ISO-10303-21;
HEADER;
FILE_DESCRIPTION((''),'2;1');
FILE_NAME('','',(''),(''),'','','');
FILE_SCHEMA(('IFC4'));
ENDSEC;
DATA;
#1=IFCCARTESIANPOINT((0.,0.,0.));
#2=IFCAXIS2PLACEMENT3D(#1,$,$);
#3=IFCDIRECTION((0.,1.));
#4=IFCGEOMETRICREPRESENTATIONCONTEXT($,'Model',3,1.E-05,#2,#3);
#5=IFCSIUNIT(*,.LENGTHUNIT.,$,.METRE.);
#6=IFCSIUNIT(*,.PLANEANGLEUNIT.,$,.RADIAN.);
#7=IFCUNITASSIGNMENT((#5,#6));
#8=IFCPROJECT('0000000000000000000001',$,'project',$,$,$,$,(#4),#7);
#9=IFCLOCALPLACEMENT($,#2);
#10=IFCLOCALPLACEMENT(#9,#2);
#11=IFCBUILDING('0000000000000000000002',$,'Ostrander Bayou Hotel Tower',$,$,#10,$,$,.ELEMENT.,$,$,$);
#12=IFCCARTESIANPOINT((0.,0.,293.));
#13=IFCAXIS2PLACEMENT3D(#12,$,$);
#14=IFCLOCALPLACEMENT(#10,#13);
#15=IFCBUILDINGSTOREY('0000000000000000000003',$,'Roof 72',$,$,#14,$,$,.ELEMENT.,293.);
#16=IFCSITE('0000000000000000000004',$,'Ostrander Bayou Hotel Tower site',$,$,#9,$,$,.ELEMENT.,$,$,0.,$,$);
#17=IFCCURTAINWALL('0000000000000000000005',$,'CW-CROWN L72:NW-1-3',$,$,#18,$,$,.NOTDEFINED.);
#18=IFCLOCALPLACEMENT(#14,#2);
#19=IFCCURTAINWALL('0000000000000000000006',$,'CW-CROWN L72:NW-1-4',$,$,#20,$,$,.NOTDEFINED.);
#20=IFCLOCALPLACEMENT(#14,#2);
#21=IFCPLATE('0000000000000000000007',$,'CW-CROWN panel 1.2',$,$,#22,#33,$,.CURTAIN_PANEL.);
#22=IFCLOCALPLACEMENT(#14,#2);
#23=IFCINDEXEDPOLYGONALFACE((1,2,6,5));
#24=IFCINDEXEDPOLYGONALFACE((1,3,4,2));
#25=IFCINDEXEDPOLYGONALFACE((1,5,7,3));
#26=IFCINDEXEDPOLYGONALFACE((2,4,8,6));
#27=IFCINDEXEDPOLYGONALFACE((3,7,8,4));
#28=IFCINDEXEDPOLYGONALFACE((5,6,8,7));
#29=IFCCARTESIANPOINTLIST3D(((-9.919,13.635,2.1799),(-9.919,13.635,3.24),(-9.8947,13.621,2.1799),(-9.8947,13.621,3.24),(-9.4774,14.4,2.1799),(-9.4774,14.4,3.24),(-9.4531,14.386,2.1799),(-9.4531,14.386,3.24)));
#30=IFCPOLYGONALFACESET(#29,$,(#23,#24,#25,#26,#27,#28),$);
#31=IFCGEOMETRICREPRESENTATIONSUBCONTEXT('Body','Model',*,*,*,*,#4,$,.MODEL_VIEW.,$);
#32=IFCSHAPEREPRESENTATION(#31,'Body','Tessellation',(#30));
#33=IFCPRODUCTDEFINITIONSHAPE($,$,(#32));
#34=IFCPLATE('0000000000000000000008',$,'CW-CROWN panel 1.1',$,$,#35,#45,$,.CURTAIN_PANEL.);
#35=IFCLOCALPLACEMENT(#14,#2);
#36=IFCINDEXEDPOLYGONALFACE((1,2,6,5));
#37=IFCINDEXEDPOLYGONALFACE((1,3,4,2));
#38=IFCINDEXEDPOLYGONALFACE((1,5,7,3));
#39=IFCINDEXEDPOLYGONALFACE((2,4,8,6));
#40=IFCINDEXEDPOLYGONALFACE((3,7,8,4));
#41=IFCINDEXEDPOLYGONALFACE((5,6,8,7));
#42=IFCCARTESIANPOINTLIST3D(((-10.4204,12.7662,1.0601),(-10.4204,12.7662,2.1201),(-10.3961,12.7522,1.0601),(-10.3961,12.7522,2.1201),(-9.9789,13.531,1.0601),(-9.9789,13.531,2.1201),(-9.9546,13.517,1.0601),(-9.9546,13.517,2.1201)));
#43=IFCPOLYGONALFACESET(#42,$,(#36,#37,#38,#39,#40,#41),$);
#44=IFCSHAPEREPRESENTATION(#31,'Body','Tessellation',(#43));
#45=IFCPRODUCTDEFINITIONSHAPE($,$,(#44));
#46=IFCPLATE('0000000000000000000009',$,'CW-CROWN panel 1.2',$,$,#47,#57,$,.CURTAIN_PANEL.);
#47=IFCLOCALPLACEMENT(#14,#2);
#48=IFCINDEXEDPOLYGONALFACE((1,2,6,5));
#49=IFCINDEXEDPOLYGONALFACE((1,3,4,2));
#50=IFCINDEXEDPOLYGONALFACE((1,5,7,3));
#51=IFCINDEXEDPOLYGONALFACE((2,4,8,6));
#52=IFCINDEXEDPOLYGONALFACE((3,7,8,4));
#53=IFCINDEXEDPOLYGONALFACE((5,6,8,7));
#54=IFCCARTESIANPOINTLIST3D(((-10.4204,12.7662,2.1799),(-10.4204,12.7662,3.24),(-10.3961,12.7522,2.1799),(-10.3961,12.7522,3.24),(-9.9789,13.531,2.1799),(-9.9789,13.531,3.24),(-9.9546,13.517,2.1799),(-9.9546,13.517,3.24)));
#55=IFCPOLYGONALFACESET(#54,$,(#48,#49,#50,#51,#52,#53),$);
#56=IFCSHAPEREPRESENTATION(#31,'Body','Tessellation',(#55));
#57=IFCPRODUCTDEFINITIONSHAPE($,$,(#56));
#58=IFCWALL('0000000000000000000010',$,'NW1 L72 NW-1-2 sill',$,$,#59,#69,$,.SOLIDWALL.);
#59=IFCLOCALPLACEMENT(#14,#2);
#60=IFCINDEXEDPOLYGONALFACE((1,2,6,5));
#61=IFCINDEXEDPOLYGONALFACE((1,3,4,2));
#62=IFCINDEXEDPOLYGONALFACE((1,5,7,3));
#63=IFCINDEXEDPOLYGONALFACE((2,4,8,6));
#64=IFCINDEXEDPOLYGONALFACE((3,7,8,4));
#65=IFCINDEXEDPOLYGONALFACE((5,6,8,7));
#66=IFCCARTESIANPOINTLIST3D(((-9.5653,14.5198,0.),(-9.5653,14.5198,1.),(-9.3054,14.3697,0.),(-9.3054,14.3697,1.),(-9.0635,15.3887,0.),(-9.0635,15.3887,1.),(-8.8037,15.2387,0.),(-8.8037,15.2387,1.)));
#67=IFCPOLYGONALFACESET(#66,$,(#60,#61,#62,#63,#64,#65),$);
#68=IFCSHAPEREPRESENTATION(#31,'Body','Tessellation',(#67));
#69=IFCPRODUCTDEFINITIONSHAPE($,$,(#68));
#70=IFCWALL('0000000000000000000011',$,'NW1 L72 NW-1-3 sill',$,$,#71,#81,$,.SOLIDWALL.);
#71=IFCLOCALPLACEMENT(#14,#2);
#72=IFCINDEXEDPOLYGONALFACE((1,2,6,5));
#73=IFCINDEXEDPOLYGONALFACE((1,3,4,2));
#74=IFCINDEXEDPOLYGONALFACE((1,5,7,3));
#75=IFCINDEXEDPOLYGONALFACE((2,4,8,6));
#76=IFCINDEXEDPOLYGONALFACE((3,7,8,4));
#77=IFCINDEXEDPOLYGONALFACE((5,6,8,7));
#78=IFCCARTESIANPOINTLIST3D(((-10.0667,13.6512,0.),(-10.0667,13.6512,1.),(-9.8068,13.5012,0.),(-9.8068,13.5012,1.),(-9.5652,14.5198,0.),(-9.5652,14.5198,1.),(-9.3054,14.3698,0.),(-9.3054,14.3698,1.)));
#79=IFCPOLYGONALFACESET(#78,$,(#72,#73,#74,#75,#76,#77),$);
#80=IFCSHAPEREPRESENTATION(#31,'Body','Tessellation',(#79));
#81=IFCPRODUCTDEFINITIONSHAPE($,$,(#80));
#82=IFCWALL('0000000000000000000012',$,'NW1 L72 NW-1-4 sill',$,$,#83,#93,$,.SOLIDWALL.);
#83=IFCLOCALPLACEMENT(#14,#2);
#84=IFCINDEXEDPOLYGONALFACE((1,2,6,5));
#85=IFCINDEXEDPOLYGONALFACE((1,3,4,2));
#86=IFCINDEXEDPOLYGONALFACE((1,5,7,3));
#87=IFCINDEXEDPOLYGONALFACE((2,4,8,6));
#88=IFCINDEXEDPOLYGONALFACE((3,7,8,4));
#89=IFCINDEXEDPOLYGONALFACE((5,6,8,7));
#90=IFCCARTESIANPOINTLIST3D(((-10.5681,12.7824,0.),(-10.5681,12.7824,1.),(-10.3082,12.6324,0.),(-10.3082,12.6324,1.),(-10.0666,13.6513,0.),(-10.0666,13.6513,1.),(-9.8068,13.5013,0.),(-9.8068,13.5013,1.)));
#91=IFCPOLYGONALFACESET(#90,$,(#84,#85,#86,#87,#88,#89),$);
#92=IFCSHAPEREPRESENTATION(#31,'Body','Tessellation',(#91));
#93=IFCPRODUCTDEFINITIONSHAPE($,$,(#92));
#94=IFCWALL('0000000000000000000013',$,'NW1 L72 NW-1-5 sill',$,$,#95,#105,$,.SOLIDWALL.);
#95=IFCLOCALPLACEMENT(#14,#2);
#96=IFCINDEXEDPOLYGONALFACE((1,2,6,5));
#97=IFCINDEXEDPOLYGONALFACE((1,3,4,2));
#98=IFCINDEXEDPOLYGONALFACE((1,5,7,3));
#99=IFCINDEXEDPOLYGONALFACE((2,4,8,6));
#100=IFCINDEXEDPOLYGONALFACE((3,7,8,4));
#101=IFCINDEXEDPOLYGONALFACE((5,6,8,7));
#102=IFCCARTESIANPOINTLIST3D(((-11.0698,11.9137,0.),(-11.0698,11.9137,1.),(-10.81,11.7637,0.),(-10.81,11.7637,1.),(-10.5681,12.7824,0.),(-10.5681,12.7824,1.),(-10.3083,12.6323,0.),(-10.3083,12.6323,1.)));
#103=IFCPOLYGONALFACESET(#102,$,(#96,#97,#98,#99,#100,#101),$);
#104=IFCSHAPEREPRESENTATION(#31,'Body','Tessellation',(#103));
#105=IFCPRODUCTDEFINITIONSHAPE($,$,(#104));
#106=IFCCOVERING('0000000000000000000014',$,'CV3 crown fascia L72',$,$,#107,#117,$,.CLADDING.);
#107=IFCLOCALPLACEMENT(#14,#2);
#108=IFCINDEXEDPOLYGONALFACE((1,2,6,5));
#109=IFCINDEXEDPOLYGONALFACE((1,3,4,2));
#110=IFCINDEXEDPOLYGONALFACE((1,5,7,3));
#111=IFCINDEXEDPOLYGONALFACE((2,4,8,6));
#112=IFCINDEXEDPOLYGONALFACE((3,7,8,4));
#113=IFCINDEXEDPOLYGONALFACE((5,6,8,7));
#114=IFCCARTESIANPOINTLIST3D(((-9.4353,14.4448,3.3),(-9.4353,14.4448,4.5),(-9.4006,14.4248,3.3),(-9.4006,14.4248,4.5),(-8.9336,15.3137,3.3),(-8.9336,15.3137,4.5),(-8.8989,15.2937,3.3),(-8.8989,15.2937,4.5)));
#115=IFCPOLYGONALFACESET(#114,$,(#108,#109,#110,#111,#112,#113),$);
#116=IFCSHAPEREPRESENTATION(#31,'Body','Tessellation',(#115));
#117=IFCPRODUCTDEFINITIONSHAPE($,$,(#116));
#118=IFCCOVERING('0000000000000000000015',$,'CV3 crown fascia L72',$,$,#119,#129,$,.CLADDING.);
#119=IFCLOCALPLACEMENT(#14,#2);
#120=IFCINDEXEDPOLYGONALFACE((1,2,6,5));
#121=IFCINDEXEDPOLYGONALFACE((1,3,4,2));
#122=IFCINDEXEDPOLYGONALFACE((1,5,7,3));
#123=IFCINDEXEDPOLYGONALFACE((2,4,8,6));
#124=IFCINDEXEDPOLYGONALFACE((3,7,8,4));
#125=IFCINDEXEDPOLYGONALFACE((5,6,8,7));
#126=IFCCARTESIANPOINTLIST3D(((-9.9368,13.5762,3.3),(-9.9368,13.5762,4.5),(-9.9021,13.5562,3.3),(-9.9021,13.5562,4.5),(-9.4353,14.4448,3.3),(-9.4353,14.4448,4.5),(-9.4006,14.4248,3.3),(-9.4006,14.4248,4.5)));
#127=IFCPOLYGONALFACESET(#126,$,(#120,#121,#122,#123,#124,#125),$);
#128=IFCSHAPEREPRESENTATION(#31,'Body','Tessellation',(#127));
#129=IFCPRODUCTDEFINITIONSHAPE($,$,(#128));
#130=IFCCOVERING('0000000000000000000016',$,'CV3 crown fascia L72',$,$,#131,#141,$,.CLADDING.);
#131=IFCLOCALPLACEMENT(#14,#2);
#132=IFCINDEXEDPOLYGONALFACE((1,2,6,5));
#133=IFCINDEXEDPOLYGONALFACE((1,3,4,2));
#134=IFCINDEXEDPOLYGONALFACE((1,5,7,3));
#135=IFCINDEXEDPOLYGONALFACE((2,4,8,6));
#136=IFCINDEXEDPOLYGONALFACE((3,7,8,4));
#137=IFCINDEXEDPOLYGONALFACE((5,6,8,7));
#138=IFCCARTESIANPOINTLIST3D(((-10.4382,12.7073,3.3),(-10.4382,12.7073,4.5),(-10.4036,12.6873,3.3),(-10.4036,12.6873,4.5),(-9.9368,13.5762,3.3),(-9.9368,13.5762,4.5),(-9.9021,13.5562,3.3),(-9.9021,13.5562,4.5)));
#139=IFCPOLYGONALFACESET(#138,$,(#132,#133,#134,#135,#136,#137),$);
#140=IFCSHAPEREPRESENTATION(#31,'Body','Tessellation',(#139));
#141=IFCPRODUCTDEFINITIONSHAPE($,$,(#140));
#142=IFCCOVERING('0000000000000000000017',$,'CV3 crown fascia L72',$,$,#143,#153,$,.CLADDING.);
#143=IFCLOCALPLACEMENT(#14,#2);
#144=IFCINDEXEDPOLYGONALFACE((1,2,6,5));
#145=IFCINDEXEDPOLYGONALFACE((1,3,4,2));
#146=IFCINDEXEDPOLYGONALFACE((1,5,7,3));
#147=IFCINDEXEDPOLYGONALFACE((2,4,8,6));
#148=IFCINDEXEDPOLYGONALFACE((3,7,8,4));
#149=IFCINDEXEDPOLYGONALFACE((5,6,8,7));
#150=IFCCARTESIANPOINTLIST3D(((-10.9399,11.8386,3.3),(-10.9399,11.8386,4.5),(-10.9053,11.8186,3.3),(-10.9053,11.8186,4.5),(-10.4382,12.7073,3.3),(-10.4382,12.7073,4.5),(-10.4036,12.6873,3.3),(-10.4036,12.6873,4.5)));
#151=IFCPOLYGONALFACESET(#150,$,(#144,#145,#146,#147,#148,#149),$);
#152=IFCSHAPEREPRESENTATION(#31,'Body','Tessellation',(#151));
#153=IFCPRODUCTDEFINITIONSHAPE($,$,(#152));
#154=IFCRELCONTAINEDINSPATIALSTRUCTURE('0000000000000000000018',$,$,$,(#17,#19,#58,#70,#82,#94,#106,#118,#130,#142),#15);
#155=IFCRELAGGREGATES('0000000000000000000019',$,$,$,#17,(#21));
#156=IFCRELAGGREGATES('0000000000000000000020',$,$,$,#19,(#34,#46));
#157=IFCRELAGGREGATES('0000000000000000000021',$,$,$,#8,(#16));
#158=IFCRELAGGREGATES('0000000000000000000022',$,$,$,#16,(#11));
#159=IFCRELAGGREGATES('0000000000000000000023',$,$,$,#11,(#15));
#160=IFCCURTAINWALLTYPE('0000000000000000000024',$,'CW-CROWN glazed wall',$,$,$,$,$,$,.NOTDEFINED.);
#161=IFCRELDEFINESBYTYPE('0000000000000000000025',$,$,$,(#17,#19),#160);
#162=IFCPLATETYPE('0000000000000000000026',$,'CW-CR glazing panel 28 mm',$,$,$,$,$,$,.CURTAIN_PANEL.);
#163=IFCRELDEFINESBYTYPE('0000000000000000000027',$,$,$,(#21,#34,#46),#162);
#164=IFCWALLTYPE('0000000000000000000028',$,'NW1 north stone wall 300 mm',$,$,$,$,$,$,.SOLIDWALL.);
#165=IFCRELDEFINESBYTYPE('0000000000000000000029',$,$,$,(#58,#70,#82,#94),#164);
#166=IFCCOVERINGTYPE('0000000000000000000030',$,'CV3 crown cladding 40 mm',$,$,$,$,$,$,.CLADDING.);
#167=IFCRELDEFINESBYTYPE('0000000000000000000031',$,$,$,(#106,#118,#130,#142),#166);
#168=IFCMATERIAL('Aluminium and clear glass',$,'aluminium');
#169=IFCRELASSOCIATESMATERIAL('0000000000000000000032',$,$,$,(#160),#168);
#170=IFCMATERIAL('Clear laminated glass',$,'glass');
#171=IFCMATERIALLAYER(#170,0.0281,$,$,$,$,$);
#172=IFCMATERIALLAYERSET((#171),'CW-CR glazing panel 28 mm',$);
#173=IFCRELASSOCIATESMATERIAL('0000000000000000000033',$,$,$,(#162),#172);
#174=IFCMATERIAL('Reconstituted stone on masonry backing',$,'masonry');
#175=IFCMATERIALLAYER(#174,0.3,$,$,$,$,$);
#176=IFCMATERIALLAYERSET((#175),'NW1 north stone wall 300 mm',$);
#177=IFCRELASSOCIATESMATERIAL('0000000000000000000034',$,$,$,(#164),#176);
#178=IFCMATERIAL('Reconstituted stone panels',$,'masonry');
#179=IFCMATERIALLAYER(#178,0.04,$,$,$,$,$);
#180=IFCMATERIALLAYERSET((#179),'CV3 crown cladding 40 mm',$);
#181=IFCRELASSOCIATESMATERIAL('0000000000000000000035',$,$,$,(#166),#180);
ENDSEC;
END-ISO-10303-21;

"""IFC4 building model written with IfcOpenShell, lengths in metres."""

from ifc_helpers import new_model, si_unit, direction, frame, frame_2d, origin, origin_2d, place, context, subcontext, project, spatial, polyline, rectangle, outline, extrude, material, layer, layer_set, type_object, element, aggregate, save


model = new_model("IFC4")

# Units and contexts
model_context = context("Model", 3, precision=1e-05, world=origin(), true_north=direction((0.0, 1.0)))
body_context = subcontext(model_context, "Body", "Model", "MODEL_VIEW")
ifc_project = project(units=[si_unit("LENGTHUNIT", "METRE"), si_unit("PLANEANGLEUNIT", "RADIAN")], contexts=[model_context])

# Site, building, storey
site_placement = place(None, origin())
site = spatial("IfcSite", under=ifc_project, at=site_placement, Name="Ostrander Bayou Hotel Tower site", CompositionType="ELEMENT", RefElevation=0.0)
building_placement = place(site_placement, origin())
building = spatial("IfcBuilding", under=site, at=building_placement, Name="Ostrander Bayou Hotel Tower", CompositionType="ELEMENT")
storey_placement = place(building_placement, frame((0.0, 0.0, 293.0)))
storey = spatial("IfcBuildingStorey", under=building, at=storey_placement, Name="Roof 72", CompositionType="ELEMENT", Elevation=293.0)

# Shared definitions
ifc_material_1 = material(Name="Aluminium and clear glass", Category="aluminium")
curtain_wall_type = type_object("IfcCurtainWallType", Name="CW-CROWN glazed wall", PredefinedType="NOTDEFINED", material=ifc_material_1)

# Curtain walls
curtain_wall_1_placement = place(storey_placement, origin())
curtain_wall_1 = element("IfcCurtainWall", 1, at=curtain_wall_1_placement, inside=storey, type_object=curtain_wall_type, Name="CW-CROWN L72:NW-1-3", PredefinedType="NOTDEFINED")
curtain_wall_2_placement = place(storey_placement, origin())
curtain_wall_2 = element("IfcCurtainWall", 2, at=curtain_wall_2_placement, inside=storey, type_object=curtain_wall_type, Name="CW-CROWN L72:NW-1-4", PredefinedType="NOTDEFINED")

# Plates
ifc_material_2 = material(Name="Clear laminated glass", Category="glass")
ifc_layer_1 = layer(ifc_material_2, 0.0281)
ifc_layer_set_1 = layer_set([ifc_layer_1], Name="CW-CR glazing panel 28 mm")
plate_type = type_object("IfcPlateType", Name="CW-CR glazing panel 28 mm", PredefinedType="CURTAIN_PANEL", material=ifc_layer_set_1)
plate_1_placement = place(storey_placement, frame((-9.686, 14.0105, 2.1799), z_axis=(0.0, 0.0, 1.0), x_axis=(-0.499999, -0.866026, 0.0)))
plate_1 = element("IfcPlate", 3, at=plate_1_placement, type_object=plate_type, Name="CW-CROWN panel 1.2", PredefinedType="CURTAIN_PANEL", context=body_context, shape_type="SweptSolid", body=[
    extrude(rectangle(XDim=0.8833, YDim=0.0281, at=origin_2d()), origin(), (0.0, 0.0, 1.0), 1.0601),
])
aggregate(curtain_wall_1, [plate_1])
plate_2_placement = place(storey_placement, frame((-10.1875, 13.1416, 1.0601), z_axis=(0.0, 0.0, 1.0), x_axis=(-0.499924, -0.866069, 0.0)))
plate_2 = element("IfcPlate", 4, at=plate_2_placement, type_object=plate_type, Name="CW-CROWN panel 1.1", PredefinedType="CURTAIN_PANEL", context=body_context, shape_type="SweptSolid", body=[
    extrude(rectangle(XDim=0.8831, YDim=0.0281, at=origin_2d()), origin(), (0.0, 0.0, 1.0), 1.0601),
])
plate_3_placement = place(storey_placement, frame((-10.1875, 13.1416, 2.1799), z_axis=(0.0, 0.0, 1.0), x_axis=(-0.499924, -0.866069, 0.0)))
plate_3 = element("IfcPlate", 5, at=plate_3_placement, type_object=plate_type, Name="CW-CROWN panel 1.2", PredefinedType="CURTAIN_PANEL", context=body_context, shape_type="SweptSolid", body=[
    extrude(rectangle(XDim=0.8831, YDim=0.0281, at=origin_2d()), origin(), (0.0, 0.0, 1.0), 1.0601),
])
aggregate(curtain_wall_2, [plate_2, plate_3])

# Walls
ifc_material_3 = material(Name="Reconstituted stone on masonry backing", Category="masonry")
ifc_layer_2 = layer(ifc_material_3, 0.3)
ifc_layer_set_2 = layer_set([ifc_layer_2], Name="NW1 north stone wall 300 mm")
wall_type = type_object("IfcWallType", Name="NW1 north stone wall 300 mm", PredefinedType="SOLIDWALL", material=ifc_layer_set_2)
wall_1_placement = place(storey_placement, frame((-8.9336, 15.3137, 0.0), z_axis=(0.0, 0.0, 1.0), x_axis=(-0.500038, -0.866003, 0.0)))
element("IfcWall", 6, at=wall_1_placement, inside=storey, type_object=wall_type, Name="NW1 L72 NW-1-2 sill", PredefinedType="SOLIDWALL", context=body_context, shape_type="SweptSolid", body=[
    extrude(rectangle(XDim=1.0034, YDim=0.3, at=frame_2d((0.5017, 0.0))), origin(), (0.0, 0.0, 1.0), 1.0),
])
wall_2_placement = place(storey_placement, frame((-9.4353, 14.4448, 0.0), z_axis=(0.0, 0.0, 1.0), x_axis=(-0.499961, -0.866048, 0.0)))
element("IfcWall", 7, at=wall_2_placement, inside=storey, type_object=wall_type, Name="NW1 L72 NW-1-3 sill", PredefinedType="SOLIDWALL", context=body_context, shape_type="SweptSolid", body=[
    extrude(rectangle(XDim=1.0029, YDim=0.3, at=frame_2d((0.5015, 0.0))), origin(), (0.0, 0.0, 1.0), 1.0),
])
for number, where, z_axis, x_axis, name in (
    (8, (-9.9368, 13.5762, 0.0), (0.0, 0.0, 1.0), (-0.499856, -0.866109, 0.0), "NW1 L72 NW-1-4 sill"),
    (9, (-10.4382, 12.7073, 0.0), (0.0, 0.0, 1.0), (-0.500144, -0.865942, 0.0), "NW1 L72 NW-1-5 sill"),
):
    element("IfcWall", number, at=place(storey_placement, frame(where, z_axis=z_axis, x_axis=x_axis)), inside=storey, type_object=wall_type, Name=name, PredefinedType="SOLIDWALL", context=body_context, shape_type="SweptSolid", body=[
        extrude(rectangle(XDim=1.0032, YDim=0.3, at=frame_2d((0.5015, 0.0))), origin(), (0.0, 0.0, 1.0), 1.0),
    ])

# Coverings
ifc_material_4 = material(Name="Reconstituted stone panels", Category="masonry")
ifc_layer_3 = layer(ifc_material_4, 0.04)
ifc_layer_set_3 = layer_set([ifc_layer_3], Name="CV3 crown cladding 40 mm")
covering_type = type_object("IfcCoveringType", Name="CV3 crown cladding 40 mm", PredefinedType="CLADDING", material=ifc_layer_set_3)
covering_1_placement = place(storey_placement, frame((-8.9336, 15.3137, 3.3), z_axis=(-0.866003, 0.500038, 0.0), x_axis=(-0.500038, -0.866003, 0.0)))
element("IfcCovering", 10, at=covering_1_placement, inside=storey, type_object=covering_type, Name="CV3 crown fascia L72", PredefinedType="CLADDING", context=body_context, shape_type="SweptSolid", body=[
    extrude(outline(polyline([(0.0, 0.0), (1.0033, 0.0), (1.0033, 1.2), (0.0, 1.2), (0.0, 0.0)])), origin(), (0.0, 0.0, -1.0), 0.04),
])
covering_2_placement = place(storey_placement, frame((-9.4353, 14.4448, 3.3), z_axis=(-0.866048, 0.499961, 0.0), x_axis=(-0.499961, -0.866048, 0.0)))
element("IfcCovering", 11, at=covering_2_placement, inside=storey, type_object=covering_type, Name="CV3 crown fascia L72", PredefinedType="CLADDING", context=body_context, shape_type="SweptSolid", body=[
    extrude(outline(polyline([(0.0, 0.0), (1.003, 0.0), (1.003, 1.2), (0.0, 1.2), (0.0, 0.0)])), origin(), (0.0, 0.0, -1.0), 0.04),
])
covering_3_placement = place(storey_placement, frame((-9.9368, 13.5762, 3.3), z_axis=(-0.866109, 0.499856, 0.0), x_axis=(-0.499856, -0.866109, 0.0)))
element("IfcCovering", 12, at=covering_3_placement, inside=storey, type_object=covering_type, Name="CV3 crown fascia L72", PredefinedType="CLADDING", context=body_context, shape_type="SweptSolid", body=[
    extrude(outline(polyline([(0.0, 0.0), (1.0032, 0.0), (1.0032, 1.2), (0.0, 1.2), (0.0, 0.0)])), origin(), (0.0, 0.0, -1.0), 0.04),
])
covering_4_placement = place(storey_placement, frame((-10.4382, 12.7073, 3.3), z_axis=(-0.865942, 0.500144, 0.0), x_axis=(-0.500144, -0.865942, 0.0)))
element("IfcCovering", 13, at=covering_4_placement, inside=storey, type_object=covering_type, Name="CV3 crown fascia L72", PredefinedType="CLADDING", context=body_context, shape_type="SweptSolid", body=[
    extrude(outline(polyline([(0.0, 0.0), (1.0031, 0.0), (1.0031, 1.2), (0.0, 1.2), (0.0, 0.0)])), origin(), (0.0, 0.0, -1.0), 0.04),
])

save(model, "model.ifc")
